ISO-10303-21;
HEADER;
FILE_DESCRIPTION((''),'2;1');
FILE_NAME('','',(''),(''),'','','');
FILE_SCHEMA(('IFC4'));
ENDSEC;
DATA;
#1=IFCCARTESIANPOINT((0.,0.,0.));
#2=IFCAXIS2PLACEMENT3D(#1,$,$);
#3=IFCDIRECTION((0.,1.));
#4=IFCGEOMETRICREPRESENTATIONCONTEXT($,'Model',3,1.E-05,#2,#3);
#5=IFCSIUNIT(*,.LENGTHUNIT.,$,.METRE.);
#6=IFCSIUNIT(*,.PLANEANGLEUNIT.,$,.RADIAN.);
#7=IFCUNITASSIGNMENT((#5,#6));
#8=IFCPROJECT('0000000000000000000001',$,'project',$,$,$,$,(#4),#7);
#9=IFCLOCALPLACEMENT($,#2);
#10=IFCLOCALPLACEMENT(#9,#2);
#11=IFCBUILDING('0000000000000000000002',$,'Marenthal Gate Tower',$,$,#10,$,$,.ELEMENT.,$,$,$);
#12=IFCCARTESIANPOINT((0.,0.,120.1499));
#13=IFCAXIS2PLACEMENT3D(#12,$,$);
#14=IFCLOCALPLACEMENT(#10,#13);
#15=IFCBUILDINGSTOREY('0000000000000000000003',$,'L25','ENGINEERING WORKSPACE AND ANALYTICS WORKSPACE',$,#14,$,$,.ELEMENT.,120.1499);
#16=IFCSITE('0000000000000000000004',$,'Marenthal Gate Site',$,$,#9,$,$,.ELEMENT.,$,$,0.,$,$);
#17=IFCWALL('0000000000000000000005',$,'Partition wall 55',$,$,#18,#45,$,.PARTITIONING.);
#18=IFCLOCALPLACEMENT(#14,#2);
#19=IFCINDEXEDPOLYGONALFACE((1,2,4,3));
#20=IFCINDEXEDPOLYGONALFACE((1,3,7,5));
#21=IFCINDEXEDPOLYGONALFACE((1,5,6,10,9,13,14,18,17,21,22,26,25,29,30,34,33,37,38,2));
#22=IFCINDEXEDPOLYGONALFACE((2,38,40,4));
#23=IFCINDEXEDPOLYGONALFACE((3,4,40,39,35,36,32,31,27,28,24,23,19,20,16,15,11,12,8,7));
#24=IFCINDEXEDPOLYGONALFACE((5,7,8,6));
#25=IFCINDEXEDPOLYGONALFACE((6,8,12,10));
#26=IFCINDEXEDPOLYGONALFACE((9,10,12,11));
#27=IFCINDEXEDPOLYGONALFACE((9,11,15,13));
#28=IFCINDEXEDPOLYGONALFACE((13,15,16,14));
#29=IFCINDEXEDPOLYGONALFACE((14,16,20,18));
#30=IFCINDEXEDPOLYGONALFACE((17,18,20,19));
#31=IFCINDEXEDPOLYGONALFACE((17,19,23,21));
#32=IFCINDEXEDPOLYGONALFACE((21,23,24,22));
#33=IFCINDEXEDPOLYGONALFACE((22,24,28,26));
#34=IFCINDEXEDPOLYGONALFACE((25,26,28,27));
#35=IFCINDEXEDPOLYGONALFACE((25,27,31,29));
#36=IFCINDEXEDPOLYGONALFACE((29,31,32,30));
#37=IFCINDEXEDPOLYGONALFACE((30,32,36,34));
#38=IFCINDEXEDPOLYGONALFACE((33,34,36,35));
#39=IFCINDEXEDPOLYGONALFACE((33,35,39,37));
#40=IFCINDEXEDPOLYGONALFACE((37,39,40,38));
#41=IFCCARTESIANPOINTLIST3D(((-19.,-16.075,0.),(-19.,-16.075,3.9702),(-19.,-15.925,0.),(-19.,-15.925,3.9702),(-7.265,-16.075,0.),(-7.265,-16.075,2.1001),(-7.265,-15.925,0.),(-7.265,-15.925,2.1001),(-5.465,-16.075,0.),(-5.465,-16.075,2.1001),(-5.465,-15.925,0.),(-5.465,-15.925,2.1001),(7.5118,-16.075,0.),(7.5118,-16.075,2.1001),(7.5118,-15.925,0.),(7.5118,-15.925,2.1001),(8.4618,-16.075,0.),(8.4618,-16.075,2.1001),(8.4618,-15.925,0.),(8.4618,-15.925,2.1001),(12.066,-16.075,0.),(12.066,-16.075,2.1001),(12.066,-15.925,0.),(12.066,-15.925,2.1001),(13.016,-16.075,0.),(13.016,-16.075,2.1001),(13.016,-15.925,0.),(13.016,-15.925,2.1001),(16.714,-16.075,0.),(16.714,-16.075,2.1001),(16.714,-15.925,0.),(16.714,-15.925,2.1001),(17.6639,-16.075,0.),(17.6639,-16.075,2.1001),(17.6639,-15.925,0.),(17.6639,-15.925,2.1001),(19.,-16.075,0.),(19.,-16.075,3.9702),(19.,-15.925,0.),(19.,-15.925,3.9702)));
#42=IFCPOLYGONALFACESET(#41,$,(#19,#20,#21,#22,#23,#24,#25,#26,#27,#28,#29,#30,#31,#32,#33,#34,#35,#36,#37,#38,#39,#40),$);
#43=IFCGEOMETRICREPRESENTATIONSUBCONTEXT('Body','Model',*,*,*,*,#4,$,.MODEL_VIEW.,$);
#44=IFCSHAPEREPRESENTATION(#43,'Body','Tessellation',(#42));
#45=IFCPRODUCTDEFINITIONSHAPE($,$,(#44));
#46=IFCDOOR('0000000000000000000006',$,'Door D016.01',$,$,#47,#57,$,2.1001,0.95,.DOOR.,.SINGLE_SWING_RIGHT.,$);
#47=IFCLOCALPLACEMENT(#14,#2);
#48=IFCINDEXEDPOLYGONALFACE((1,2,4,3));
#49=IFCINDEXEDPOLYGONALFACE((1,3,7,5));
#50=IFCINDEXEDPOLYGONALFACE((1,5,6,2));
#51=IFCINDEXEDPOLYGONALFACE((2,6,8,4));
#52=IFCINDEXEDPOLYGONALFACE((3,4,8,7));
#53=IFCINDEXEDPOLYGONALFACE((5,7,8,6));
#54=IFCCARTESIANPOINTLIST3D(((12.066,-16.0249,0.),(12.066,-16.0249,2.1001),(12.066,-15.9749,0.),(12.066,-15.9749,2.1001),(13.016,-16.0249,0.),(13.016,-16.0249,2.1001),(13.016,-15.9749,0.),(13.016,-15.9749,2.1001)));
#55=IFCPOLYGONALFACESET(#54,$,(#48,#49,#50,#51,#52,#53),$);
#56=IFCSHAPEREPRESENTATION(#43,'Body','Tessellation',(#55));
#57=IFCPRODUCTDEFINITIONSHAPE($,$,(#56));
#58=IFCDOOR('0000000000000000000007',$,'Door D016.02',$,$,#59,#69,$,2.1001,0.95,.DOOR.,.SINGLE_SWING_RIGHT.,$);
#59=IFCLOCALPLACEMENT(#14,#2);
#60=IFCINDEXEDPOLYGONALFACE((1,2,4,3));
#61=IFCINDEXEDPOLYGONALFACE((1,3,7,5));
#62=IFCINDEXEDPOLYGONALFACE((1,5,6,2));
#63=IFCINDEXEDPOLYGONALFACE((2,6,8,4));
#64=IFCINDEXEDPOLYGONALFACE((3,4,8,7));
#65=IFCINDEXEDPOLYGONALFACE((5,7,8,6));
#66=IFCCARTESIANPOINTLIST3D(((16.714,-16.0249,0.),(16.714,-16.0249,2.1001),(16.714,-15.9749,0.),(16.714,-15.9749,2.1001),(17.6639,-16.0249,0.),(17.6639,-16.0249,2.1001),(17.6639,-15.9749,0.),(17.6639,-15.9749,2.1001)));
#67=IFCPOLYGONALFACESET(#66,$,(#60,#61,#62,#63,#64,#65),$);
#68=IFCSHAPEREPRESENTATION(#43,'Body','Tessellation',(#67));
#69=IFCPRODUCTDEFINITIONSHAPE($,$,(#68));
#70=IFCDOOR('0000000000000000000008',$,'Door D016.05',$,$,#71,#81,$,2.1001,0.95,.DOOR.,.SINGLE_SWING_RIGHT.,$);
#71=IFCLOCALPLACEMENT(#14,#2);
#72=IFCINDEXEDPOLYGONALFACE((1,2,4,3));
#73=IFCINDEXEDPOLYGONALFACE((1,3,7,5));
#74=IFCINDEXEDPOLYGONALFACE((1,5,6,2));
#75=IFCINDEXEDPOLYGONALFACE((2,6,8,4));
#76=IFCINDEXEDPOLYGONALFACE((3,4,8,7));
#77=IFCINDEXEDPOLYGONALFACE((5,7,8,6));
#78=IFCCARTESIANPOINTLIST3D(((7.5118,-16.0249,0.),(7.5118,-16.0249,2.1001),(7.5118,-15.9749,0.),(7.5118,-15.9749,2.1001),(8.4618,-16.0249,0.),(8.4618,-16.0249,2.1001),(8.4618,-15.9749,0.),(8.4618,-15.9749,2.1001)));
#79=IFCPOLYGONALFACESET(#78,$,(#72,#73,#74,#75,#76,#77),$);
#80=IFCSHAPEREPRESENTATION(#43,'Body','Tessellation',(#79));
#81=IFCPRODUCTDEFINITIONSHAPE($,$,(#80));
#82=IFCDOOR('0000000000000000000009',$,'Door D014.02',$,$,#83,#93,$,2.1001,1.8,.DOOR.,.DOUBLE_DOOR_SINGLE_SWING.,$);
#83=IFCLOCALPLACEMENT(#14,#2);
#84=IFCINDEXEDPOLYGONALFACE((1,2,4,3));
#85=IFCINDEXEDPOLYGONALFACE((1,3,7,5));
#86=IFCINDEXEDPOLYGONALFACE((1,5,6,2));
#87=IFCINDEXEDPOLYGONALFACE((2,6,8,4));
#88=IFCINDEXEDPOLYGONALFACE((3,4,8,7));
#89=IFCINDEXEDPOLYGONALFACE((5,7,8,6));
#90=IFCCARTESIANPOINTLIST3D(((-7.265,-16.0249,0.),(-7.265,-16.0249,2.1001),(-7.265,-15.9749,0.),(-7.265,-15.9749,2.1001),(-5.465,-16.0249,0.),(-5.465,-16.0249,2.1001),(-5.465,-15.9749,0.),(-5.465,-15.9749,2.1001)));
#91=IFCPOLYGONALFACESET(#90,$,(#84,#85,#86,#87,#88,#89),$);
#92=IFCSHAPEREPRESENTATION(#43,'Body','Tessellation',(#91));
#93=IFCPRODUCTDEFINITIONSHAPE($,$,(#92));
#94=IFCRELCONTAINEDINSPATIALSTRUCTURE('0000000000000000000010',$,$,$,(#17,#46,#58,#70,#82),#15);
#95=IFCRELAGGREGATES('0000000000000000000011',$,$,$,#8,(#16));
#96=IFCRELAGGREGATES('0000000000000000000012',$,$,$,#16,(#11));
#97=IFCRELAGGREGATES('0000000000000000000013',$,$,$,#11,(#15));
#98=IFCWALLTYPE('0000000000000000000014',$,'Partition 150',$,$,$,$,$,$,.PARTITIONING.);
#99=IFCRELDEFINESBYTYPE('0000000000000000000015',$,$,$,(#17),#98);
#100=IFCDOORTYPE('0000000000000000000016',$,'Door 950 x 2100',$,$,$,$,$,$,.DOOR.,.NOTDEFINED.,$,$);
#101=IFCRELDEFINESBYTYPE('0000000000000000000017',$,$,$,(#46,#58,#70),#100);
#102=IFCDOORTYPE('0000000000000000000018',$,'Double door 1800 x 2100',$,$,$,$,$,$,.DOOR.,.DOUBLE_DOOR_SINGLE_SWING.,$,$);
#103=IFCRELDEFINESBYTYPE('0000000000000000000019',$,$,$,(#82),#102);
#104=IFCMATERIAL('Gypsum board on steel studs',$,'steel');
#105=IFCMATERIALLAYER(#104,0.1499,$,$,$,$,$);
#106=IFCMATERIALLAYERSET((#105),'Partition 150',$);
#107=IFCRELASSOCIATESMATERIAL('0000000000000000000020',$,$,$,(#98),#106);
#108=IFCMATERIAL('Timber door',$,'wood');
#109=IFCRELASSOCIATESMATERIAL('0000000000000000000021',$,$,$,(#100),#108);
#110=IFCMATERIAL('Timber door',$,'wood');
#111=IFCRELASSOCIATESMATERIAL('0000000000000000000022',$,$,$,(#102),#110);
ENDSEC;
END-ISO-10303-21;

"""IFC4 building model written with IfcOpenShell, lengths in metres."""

from ifc_helpers import new_model, si_unit, direction, frame, frame_2d, origin, place, context, subcontext, project, spatial, rectangle, extrude, material, layer, layer_set, type_object, element, fill, save


model = new_model("IFC4")

# Units and contexts
model_context = context("Model", 3, precision=1e-05, world=origin(), true_north=direction((0.0, 1.0)))
body_context = subcontext(model_context, "Body", "Model", "MODEL_VIEW")
ifc_project = project(units=[si_unit("LENGTHUNIT", "METRE"), si_unit("PLANEANGLEUNIT", "RADIAN")], contexts=[model_context])

# Site, building, storey
site_placement = place(None, origin())
site = spatial("IfcSite", under=ifc_project, at=site_placement, Name="Marenthal Gate Site", CompositionType="ELEMENT", RefElevation=0.0)
building_placement = place(site_placement, origin())
building = spatial("IfcBuilding", under=site, at=building_placement, Name="Marenthal Gate Tower", CompositionType="ELEMENT")
storey_placement = place(building_placement, frame((0.0, 0.0, 120.1499)))
storey = spatial("IfcBuildingStorey", under=building, at=storey_placement, Name="L25", Description="ENGINEERING WORKSPACE AND ANALYTICS WORKSPACE", CompositionType="ELEMENT", Elevation=120.1499)

# Wall, openings, doors
ifc_material_1 = material(Name="Gypsum board on steel studs", Category="steel")
ifc_layer_1 = layer(ifc_material_1, 0.1499)
ifc_layer_set_1 = layer_set([ifc_layer_1], Name="Partition 150")
wall_type_1 = type_object("IfcWallType", Name="Partition 150", PredefinedType="PARTITIONING", material=ifc_layer_set_1)
wall_1_placement = place(storey_placement, frame((19.0, -16.0, 0.0), z_axis=(0.0, 0.0, 1.0), x_axis=(-1.0, 0.0, 0.0)))
wall_1 = element("IfcWall", 1, at=wall_1_placement, inside=storey, type_object=wall_type_1, Name="Partition wall 55", PredefinedType="PARTITIONING", context=body_context, shape_type="SweptSolid", body=[
    extrude(rectangle(XDim=38.0, YDim=0.1499, at=frame_2d((19.0, 0.0))), origin(), (0.0, 0.0, 1.0), 3.9702),
])
opening_1_placement = place(wall_1_placement, frame((24.4651, 0.0, 0.0)))
opening_1 = element("IfcOpeningElement", 2, at=opening_1_placement, cuts=wall_1, PredefinedType="OPENING", context=body_context, shape_type="SweptSolid", body=[
    extrude(rectangle(XDim=1.8, YDim=2.1001, at=frame_2d((0.8999, 1.05))), frame((0.0, 0.085, 0.0), z_axis=(0.0, -1.0, 0.0), x_axis=(1.0, 0.0, 0.0)), (0.0, 0.0, 1.0), 0.1699),
])
opening_2_placement = place(wall_1_placement, frame((5.9839, 0.0, 0.0)))
opening_2 = element("IfcOpeningElement", 3, at=opening_2_placement, cuts=wall_1, PredefinedType="OPENING", context=body_context, shape_type="SweptSolid", body=[
    extrude(rectangle(XDim=0.95, YDim=2.1001, at=frame_2d((0.4751, 1.05))), frame((0.0, 0.085, 0.0), z_axis=(0.0, -1.0, 0.0), x_axis=(1.0, 0.0, 0.0)), (0.0, 0.0, 1.0), 0.1699),
])
opening_3_placement = place(wall_1_placement, frame((1.3359, 0.0, 0.0)))
opening_3 = element("IfcOpeningElement", 4, at=opening_3_placement, cuts=wall_1, PredefinedType="OPENING", context=body_context, shape_type="SweptSolid", body=[
    extrude(rectangle(XDim=0.95, YDim=2.1001, at=frame_2d((0.4751, 1.05))), frame((0.0, 0.085, 0.0), z_axis=(0.0, -1.0, 0.0), x_axis=(1.0, 0.0, 0.0)), (0.0, 0.0, 1.0), 0.1699),
])
opening_4_placement = place(wall_1_placement, frame((10.5381, 0.0, 0.0)))
opening_4 = element("IfcOpeningElement", 5, at=opening_4_placement, cuts=wall_1, PredefinedType="OPENING", context=body_context, shape_type="SweptSolid", body=[
    extrude(rectangle(XDim=0.95, YDim=2.1001, at=frame_2d((0.4751, 1.05))), frame((0.0, 0.085, 0.0), z_axis=(0.0, -1.0, 0.0), x_axis=(1.0, 0.0, 0.0)), (0.0, 0.0, 1.0), 0.1699),
])
ifc_material_2 = material(Name="Timber door", Category="wood")
door_type_1 = type_object("IfcDoorType", Name="Door 950 x 2100", OperationType="NOTDEFINED", PredefinedType="DOOR", material=ifc_material_2)
door_1_placement = place(opening_2_placement, origin())
door_1 = element("IfcDoor", 6, at=door_1_placement, inside=storey, type_object=door_type_1, Name="Door D016.01", OperationType="SINGLE_SWING_RIGHT", OverallHeight=2.1001, OverallWidth=0.95, PredefinedType="DOOR", context=body_context, shape_type="SweptSolid", body=[
    extrude(rectangle(XDim=0.95, YDim=2.1001, at=frame_2d((0.4751, 1.05))), frame((0.0, 0.0249, 0.0), z_axis=(0.0, -1.0, 0.0), x_axis=(1.0, 0.0, 0.0)), (0.0, 0.0, 1.0), 0.05),
])
fill(opening_2, door_1)
door_2_placement = place(opening_3_placement, origin())
door_2 = element("IfcDoor", 7, at=door_2_placement, inside=storey, type_object=door_type_1, Name="Door D016.02", OperationType="SINGLE_SWING_RIGHT", OverallHeight=2.1001, OverallWidth=0.95, PredefinedType="DOOR", context=body_context, shape_type="SweptSolid", body=[
    extrude(rectangle(XDim=0.95, YDim=2.1001, at=frame_2d((0.4751, 1.05))), frame((0.0, 0.0249, 0.0), z_axis=(0.0, -1.0, 0.0), x_axis=(1.0, 0.0, 0.0)), (0.0, 0.0, 1.0), 0.05),
])
fill(opening_3, door_2)
door_3_placement = place(opening_4_placement, origin())
door_3 = element("IfcDoor", 8, at=door_3_placement, inside=storey, type_object=door_type_1, Name="Door D016.05", OperationType="SINGLE_SWING_RIGHT", OverallHeight=2.1001, OverallWidth=0.95, PredefinedType="DOOR", context=body_context, shape_type="SweptSolid", body=[
    extrude(rectangle(XDim=0.95, YDim=2.1001, at=frame_2d((0.4751, 1.05))), frame((0.0, 0.0249, 0.0), z_axis=(0.0, -1.0, 0.0), x_axis=(1.0, 0.0, 0.0)), (0.0, 0.0, 1.0), 0.05),
])
fill(opening_4, door_3)
ifc_material_3 = material(Name="Timber door", Category="wood")
door_type_2 = type_object("IfcDoorType", Name="Double door 1800 x 2100", OperationType="DOUBLE_DOOR_SINGLE_SWING", PredefinedType="DOOR", material=ifc_material_3)
door_4_placement = place(opening_1_placement, origin())
door_4 = element("IfcDoor", 9, at=door_4_placement, inside=storey, type_object=door_type_2, Name="Door D014.02", OperationType="DOUBLE_DOOR_SINGLE_SWING", OverallHeight=2.1001, OverallWidth=1.8, PredefinedType="DOOR", context=body_context, shape_type="SweptSolid", body=[
    extrude(rectangle(XDim=1.8, YDim=2.1001, at=frame_2d((0.8999, 1.05))), frame((0.0, 0.0249, 0.0), z_axis=(0.0, -1.0, 0.0), x_axis=(1.0, 0.0, 0.0)), (0.0, 0.0, 1.0), 0.05),
])
fill(opening_1, door_4)

save(model, "model.ifc")
